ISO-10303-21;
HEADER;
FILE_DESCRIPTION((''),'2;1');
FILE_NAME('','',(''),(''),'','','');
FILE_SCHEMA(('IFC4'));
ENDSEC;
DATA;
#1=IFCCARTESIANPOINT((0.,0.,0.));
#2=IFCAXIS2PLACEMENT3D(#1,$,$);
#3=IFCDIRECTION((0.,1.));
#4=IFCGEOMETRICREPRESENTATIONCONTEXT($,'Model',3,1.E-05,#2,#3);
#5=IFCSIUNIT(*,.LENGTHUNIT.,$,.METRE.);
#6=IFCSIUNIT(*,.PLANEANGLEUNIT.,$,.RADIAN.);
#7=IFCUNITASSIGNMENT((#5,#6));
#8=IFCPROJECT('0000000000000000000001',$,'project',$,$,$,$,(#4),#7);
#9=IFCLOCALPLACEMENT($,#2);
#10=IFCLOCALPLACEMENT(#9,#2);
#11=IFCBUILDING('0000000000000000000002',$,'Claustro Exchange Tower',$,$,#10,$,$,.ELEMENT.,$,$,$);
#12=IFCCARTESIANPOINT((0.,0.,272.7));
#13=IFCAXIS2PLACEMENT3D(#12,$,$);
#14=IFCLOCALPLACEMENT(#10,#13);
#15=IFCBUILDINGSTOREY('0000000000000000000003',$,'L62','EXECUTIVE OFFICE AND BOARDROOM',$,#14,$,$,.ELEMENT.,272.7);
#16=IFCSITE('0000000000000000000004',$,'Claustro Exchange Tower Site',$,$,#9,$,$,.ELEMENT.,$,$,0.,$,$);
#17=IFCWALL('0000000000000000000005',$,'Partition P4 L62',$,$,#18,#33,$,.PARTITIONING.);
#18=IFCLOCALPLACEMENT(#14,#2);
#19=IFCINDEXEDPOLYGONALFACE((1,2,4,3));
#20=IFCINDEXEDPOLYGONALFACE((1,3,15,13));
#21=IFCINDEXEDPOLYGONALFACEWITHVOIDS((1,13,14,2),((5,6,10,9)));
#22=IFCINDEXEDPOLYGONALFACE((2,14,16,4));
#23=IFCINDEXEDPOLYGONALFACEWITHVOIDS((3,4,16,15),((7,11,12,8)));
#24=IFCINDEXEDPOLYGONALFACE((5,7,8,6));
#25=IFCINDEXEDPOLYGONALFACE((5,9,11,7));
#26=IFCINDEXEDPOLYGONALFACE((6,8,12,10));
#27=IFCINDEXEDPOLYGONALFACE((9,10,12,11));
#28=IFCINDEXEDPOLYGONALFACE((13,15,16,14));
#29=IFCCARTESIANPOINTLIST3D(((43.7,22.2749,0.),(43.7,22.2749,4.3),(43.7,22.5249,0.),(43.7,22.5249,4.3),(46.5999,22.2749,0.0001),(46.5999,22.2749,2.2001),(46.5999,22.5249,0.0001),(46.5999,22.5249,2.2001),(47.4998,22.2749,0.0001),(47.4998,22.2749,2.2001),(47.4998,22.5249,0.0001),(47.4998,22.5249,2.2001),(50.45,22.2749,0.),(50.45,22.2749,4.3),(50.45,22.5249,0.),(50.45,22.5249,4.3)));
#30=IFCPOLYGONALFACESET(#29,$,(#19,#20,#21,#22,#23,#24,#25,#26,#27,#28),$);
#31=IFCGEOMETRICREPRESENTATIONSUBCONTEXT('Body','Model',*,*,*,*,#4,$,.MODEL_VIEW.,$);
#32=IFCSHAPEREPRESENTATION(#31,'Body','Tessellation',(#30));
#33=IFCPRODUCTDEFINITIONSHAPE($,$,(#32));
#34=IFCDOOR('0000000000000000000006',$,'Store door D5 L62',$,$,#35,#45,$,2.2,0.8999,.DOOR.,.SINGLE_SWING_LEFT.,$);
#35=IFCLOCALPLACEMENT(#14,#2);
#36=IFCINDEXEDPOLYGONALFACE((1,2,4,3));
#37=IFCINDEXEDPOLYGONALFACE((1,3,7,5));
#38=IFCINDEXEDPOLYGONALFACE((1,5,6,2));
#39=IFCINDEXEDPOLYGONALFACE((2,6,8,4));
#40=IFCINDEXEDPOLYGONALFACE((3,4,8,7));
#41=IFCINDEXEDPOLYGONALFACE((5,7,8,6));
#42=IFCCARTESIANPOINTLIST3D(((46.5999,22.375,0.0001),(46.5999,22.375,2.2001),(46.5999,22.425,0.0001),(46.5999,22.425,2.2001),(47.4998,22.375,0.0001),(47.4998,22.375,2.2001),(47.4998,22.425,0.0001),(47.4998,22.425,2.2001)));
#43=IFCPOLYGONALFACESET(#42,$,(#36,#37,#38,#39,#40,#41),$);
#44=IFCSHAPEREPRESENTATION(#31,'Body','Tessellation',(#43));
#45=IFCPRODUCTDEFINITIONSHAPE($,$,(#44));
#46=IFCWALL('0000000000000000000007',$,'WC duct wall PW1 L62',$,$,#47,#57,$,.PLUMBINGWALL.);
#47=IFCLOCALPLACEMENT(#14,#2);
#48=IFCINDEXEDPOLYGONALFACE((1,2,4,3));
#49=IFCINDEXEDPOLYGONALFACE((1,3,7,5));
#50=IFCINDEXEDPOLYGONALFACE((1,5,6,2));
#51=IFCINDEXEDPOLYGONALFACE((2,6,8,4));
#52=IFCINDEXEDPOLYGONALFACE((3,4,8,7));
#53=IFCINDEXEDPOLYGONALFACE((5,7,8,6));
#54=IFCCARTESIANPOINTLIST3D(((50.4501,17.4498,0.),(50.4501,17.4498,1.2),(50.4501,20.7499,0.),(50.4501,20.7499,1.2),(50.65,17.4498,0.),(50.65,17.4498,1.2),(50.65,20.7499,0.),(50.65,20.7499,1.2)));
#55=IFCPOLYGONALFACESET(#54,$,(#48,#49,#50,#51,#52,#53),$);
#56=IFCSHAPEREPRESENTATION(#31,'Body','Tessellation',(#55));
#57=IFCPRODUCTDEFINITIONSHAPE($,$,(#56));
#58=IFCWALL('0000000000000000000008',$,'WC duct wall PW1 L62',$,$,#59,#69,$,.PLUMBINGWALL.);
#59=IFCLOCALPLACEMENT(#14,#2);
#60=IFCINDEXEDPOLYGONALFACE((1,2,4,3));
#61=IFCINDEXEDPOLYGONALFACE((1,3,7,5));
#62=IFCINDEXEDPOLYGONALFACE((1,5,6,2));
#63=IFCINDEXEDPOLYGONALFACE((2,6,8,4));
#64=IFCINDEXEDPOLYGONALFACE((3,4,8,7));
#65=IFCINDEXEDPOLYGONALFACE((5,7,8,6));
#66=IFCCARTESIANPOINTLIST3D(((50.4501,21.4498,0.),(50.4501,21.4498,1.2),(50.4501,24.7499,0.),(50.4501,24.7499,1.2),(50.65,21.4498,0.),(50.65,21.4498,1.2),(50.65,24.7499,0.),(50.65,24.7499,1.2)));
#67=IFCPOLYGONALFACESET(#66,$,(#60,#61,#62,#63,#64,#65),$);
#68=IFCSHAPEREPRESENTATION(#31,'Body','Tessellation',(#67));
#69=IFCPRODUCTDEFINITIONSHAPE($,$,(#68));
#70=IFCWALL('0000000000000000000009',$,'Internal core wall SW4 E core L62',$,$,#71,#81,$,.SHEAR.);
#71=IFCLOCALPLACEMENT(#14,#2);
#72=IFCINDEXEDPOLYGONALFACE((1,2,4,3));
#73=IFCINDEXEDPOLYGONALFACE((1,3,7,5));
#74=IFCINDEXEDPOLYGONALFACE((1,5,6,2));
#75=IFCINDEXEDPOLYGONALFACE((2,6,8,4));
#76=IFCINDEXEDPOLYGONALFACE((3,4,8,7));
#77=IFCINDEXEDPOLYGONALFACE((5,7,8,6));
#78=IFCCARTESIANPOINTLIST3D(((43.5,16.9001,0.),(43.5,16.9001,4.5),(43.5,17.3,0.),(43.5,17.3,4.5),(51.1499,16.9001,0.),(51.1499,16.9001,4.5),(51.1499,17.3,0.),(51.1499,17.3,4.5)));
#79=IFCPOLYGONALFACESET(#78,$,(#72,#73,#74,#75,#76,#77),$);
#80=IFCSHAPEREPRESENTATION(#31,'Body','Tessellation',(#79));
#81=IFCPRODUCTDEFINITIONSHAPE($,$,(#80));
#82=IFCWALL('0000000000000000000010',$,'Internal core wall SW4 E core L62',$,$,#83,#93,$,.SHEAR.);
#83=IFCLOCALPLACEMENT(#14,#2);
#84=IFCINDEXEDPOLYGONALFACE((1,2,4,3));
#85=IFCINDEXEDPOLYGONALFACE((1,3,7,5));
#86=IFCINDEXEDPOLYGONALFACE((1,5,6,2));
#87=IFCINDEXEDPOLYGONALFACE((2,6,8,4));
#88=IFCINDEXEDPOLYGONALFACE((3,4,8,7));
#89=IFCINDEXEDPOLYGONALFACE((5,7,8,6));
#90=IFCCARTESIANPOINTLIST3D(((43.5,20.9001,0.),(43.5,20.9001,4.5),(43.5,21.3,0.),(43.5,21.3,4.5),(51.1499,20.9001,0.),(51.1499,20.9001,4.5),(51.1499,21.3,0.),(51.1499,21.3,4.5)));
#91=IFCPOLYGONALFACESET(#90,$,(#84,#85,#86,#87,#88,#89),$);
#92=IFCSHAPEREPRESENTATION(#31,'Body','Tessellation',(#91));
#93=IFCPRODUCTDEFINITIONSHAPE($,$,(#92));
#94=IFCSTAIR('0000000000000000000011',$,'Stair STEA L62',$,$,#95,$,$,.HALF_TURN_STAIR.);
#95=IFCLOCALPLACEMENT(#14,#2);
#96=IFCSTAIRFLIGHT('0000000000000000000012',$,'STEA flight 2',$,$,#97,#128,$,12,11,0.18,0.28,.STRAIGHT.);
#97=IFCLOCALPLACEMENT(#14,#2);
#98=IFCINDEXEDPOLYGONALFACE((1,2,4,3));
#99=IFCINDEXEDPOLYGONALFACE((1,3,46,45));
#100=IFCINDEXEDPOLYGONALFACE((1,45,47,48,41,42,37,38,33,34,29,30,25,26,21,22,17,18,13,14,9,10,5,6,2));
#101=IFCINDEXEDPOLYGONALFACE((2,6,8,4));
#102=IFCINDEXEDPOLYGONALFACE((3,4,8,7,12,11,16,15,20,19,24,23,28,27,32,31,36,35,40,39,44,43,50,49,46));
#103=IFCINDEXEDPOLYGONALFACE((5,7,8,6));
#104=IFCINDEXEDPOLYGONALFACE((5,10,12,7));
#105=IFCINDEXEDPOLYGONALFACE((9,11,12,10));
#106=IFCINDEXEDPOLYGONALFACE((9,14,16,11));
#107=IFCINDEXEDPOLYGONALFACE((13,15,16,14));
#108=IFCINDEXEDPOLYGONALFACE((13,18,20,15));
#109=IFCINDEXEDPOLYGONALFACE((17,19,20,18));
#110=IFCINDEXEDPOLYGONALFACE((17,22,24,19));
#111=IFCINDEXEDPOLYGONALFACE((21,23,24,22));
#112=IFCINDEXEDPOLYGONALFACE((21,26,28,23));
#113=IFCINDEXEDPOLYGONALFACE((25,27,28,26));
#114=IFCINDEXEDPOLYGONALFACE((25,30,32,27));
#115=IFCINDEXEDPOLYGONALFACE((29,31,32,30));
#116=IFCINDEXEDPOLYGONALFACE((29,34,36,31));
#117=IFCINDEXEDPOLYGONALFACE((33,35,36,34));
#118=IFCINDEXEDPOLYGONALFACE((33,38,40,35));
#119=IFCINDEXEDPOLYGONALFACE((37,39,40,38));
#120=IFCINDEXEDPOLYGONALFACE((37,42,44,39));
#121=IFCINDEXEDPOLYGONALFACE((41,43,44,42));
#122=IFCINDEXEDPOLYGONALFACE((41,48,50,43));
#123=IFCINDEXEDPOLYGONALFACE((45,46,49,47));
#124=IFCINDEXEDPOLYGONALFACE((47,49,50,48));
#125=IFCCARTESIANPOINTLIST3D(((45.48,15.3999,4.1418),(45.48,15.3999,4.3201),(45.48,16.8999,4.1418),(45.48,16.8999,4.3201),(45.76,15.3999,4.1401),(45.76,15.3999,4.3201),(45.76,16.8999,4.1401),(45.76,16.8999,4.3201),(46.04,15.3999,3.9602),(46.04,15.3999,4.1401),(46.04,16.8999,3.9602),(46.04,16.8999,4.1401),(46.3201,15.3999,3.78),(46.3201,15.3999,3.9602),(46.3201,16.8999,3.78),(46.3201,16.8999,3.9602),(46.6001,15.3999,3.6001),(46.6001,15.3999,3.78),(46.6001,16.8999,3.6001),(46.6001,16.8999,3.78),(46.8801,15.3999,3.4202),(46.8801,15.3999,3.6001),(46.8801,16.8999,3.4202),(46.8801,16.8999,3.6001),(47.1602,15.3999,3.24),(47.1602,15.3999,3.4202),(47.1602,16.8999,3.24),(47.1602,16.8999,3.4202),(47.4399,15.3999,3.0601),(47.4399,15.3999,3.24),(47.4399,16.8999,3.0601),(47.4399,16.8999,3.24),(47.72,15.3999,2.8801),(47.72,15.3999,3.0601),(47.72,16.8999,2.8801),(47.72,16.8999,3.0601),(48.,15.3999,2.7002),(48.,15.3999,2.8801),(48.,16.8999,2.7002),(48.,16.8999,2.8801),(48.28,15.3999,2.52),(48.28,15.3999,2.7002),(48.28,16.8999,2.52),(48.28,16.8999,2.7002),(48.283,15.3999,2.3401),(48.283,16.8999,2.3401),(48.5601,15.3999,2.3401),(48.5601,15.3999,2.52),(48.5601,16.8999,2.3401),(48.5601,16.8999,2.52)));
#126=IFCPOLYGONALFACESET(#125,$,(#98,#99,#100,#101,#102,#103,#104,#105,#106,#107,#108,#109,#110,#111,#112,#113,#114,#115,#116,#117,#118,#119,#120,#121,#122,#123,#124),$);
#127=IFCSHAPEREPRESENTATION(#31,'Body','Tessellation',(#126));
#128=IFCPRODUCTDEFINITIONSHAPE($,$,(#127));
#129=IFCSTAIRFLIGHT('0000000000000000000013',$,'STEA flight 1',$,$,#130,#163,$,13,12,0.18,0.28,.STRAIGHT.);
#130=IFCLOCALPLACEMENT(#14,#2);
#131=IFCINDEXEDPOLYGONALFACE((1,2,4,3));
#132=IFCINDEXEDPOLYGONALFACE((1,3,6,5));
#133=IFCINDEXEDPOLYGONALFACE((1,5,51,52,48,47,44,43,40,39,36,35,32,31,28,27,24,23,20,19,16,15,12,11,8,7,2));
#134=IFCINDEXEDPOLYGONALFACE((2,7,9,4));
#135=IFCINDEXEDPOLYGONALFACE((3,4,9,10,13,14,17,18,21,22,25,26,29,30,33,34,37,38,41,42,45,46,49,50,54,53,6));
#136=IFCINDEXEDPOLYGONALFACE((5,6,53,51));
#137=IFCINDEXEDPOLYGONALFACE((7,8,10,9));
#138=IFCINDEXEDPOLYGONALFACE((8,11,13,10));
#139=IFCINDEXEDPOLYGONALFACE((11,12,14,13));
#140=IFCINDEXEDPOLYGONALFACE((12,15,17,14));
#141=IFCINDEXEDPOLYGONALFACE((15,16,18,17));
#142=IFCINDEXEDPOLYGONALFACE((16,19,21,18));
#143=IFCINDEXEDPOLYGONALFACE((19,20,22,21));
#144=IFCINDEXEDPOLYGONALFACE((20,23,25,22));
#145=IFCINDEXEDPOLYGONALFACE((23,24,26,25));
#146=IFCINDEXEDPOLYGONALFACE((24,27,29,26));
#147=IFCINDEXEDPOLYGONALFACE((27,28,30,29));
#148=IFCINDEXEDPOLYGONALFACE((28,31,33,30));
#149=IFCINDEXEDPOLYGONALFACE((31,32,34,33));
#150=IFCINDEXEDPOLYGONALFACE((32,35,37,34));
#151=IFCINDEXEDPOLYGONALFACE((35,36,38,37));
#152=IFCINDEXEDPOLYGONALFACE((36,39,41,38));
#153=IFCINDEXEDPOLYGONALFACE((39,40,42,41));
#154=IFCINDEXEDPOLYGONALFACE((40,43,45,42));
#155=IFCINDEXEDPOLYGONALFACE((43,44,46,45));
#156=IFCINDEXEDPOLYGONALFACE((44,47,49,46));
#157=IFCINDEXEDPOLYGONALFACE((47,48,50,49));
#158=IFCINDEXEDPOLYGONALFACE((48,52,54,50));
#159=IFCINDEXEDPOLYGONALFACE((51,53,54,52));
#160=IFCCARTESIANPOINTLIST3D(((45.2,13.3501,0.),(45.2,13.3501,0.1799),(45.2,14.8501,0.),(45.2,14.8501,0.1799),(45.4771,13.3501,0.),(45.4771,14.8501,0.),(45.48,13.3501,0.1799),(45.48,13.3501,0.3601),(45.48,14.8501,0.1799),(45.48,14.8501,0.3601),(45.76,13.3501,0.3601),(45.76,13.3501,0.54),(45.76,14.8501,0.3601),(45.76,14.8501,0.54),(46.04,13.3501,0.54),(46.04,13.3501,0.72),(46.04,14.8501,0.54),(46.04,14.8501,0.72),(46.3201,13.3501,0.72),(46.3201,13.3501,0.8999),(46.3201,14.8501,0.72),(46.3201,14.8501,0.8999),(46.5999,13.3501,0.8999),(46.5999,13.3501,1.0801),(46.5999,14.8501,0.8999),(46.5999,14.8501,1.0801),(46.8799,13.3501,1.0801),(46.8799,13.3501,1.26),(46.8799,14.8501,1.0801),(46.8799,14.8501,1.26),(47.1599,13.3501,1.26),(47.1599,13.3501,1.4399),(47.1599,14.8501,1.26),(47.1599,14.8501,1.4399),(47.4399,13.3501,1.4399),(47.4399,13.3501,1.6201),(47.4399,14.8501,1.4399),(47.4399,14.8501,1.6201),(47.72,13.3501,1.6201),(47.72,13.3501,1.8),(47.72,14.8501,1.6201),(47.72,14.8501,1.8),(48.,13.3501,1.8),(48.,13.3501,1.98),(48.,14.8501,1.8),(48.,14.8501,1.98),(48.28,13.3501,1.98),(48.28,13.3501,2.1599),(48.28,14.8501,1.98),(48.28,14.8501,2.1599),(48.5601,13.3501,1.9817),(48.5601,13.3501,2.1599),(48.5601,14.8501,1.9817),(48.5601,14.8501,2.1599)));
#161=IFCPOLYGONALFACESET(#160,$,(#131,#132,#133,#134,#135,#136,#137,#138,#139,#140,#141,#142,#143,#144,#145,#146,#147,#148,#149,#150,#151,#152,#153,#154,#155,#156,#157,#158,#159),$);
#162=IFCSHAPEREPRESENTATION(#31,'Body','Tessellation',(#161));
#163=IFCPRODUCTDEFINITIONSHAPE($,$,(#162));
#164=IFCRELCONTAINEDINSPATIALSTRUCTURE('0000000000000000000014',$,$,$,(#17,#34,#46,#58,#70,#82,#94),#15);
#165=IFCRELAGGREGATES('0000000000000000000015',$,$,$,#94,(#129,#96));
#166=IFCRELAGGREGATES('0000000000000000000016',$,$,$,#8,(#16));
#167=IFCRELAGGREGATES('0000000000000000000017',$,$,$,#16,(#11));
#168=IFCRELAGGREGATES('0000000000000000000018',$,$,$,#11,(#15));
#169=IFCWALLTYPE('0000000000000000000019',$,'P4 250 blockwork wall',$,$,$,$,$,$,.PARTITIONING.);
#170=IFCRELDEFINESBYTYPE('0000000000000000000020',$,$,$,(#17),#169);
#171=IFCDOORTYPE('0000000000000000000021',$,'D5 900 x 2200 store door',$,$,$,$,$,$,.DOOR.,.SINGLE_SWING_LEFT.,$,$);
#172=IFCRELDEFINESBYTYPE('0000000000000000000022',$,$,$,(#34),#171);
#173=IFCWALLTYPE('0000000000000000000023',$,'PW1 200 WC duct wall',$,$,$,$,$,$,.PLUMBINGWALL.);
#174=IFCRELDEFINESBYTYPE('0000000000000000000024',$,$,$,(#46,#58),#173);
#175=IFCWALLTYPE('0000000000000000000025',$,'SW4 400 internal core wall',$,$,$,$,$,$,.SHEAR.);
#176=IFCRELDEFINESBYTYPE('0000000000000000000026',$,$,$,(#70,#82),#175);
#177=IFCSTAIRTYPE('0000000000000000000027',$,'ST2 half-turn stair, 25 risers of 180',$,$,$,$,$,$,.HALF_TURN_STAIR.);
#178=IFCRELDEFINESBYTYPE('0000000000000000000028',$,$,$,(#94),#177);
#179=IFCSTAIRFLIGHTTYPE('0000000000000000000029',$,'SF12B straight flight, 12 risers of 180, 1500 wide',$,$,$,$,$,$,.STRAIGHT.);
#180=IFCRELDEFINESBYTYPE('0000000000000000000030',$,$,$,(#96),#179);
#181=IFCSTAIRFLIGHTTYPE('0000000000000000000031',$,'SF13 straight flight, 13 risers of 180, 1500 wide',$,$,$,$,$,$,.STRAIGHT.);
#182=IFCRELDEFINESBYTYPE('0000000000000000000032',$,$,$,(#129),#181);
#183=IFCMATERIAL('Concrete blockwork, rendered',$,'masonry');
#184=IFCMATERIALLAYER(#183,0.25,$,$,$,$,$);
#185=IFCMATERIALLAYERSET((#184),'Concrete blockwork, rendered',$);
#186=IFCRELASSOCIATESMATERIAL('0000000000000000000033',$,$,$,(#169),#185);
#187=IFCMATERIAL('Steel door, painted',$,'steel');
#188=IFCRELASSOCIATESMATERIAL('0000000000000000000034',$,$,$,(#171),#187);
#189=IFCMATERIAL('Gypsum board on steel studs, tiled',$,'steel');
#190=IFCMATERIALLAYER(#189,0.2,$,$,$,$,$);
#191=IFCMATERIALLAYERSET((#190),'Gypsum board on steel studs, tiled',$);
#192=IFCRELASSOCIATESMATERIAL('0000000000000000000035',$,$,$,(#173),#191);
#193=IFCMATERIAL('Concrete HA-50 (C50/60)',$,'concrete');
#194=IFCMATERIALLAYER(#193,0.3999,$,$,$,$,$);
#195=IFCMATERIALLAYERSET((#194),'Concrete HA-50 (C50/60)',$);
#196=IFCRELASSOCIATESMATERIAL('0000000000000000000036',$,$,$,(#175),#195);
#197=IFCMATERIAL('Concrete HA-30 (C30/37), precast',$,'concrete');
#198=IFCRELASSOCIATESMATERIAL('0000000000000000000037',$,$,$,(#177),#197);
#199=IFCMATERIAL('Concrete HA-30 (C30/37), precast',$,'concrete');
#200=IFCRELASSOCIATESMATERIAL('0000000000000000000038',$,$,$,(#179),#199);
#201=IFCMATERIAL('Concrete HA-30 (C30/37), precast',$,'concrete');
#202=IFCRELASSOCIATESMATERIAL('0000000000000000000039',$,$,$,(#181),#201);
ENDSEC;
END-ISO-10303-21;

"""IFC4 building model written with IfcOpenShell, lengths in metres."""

from ifc_helpers import new_model, si_unit, direction, frame, frame_2d, origin, place, context, subcontext, project, spatial, polyline, rectangle, outline, extrude, material, layer, layer_set, type_object, element, fill, aggregate, save


model = new_model("IFC4")

# Units and contexts
model_context = context("Model", 3, precision=1e-05, world=origin(), true_north=direction((0.0, 1.0)))
body_context = subcontext(model_context, "Body", "Model", "MODEL_VIEW")
ifc_project = project(units=[si_unit("LENGTHUNIT", "METRE"), si_unit("PLANEANGLEUNIT", "RADIAN")], contexts=[model_context])

# Site, building, storey
site_placement = place(None, origin())
site = spatial("IfcSite", under=ifc_project, at=site_placement, Name="Claustro Exchange Tower Site", CompositionType="ELEMENT", RefElevation=0.0)
building_placement = place(site_placement, origin())
building = spatial("IfcBuilding", under=site, at=building_placement, Name="Claustro Exchange Tower", CompositionType="ELEMENT")
storey_placement = place(building_placement, frame((0.0, 0.0, 272.7)))
storey = spatial("IfcBuildingStorey", under=building, at=storey_placement, Name="L62", Description="EXECUTIVE OFFICE AND BOARDROOM", CompositionType="ELEMENT", Elevation=272.7)

# Wall, opening, door
ifc_material_1 = material(Name="Concrete blockwork, rendered", Category="masonry")
ifc_layer_1 = layer(ifc_material_1, 0.25)
ifc_layer_set_1 = layer_set([ifc_layer_1], Name="Concrete blockwork, rendered")
wall_type_1 = type_object("IfcWallType", Name="P4 250 blockwork wall", PredefinedType="PARTITIONING", material=ifc_layer_set_1)
wall_placement = place(storey_placement, frame((43.7, 22.3999, 0.0), z_axis=(0.0, 0.0, 1.0), x_axis=(1.0, 0.0, 0.0)))
wall = element("IfcWall", 1, at=wall_placement, inside=storey, type_object=wall_type_1, Name="Partition P4 L62", PredefinedType="PARTITIONING", context=body_context, shape_type="SweptSolid", body=[
    extrude(rectangle(XDim=6.75, YDim=0.25, at=frame_2d((3.375, 0.0))), origin(), (0.0, 0.0, 1.0), 4.3),
])
opening_placement = place(wall_placement, frame((2.8999, 0.0, 0.0)))
opening = element("IfcOpeningElement", 2, at=opening_placement, cuts=wall, PredefinedType="OPENING", context=body_context, shape_type="SweptSolid", body=[
    extrude(rectangle(XDim=0.8999, YDim=2.2, at=frame_2d((0.45, 1.1001))), frame((0.0, 0.135, 0.0), z_axis=(0.0, -1.0, 0.0), x_axis=(1.0, 0.0, 0.0)), (0.0, 0.0, 1.0), 0.27),
])
ifc_material_2 = material(Name="Steel door, painted", Category="steel")
door_type = type_object("IfcDoorType", Name="D5 900 x 2200 store door", OperationType="SINGLE_SWING_LEFT", PredefinedType="DOOR", material=ifc_material_2)
door_placement = place(opening_placement, frame((0.8999, 0.0, 0.0), z_axis=(0.0, 0.0, 1.0), x_axis=(-1.0, 0.0, 0.0)))
door = element("IfcDoor", 3, at=door_placement, inside=storey, type_object=door_type, Name="Store door D5 L62", OperationType="SINGLE_SWING_LEFT", OverallHeight=2.2, OverallWidth=0.8999, PredefinedType="DOOR", context=body_context, shape_type="SweptSolid", body=[
    extrude(rectangle(XDim=0.8999, YDim=2.2, at=frame_2d((0.45, 1.1001))), frame((0.0, 0.0249, 0.0), z_axis=(0.0, -1.0, 0.0), x_axis=(1.0, 0.0, 0.0)), (0.0, 0.0, 1.0), 0.05),
])
fill(opening, door)

# Walls
ifc_material_3 = material(Name="Gypsum board on steel studs, tiled", Category="steel")
ifc_layer_2 = layer(ifc_material_3, 0.2)
ifc_layer_set_2 = layer_set([ifc_layer_2], Name="Gypsum board on steel studs, tiled")
wall_type_2 = type_object("IfcWallType", Name="PW1 200 WC duct wall", PredefinedType="PLUMBINGWALL", material=ifc_layer_set_2)
for number, where, z_axis, x_axis, name in (
    (4, (50.55, 17.45, 0.0), (0.0, 0.0, 1.0), (0.0, 1.0, 0.0), "WC duct wall PW1 L62"),
    (5, (50.55, 21.45, 0.0), (0.0, 0.0, 1.0), (0.0, 1.0, 0.0), "WC duct wall PW1 L62"),
):
    element("IfcWall", number, at=place(storey_placement, frame(where, z_axis=z_axis, x_axis=x_axis)), inside=storey, type_object=wall_type_2, Name=name, PredefinedType="PLUMBINGWALL", context=body_context, shape_type="SweptSolid", body=[
        extrude(rectangle(XDim=3.3, YDim=0.2, at=frame_2d((1.6499, 0.0))), origin(), (0.0, 0.0, 1.0), 1.2),
    ])
ifc_material_4 = material(Name="Concrete HA-50 (C50/60)", Category="concrete")
ifc_layer_3 = layer(ifc_material_4, 0.3999)
ifc_layer_set_3 = layer_set([ifc_layer_3], Name="Concrete HA-50 (C50/60)")
wall_type_3 = type_object("IfcWallType", Name="SW4 400 internal core wall", PredefinedType="SHEAR", material=ifc_layer_set_3)
for number, where, z_axis, x_axis, name in (
    (6, (51.1499, 17.1001, 0.0), (0.0, 0.0, 1.0), (-1.0, 0.0, 0.0), "Internal core wall SW4 E core L62"),
    (7, (51.1499, 21.1001, 0.0), (0.0, 0.0, 1.0), (-1.0, 0.0, 0.0), "Internal core wall SW4 E core L62"),
):
    element("IfcWall", number, at=place(storey_placement, frame(where, z_axis=z_axis, x_axis=x_axis)), inside=storey, type_object=wall_type_3, Name=name, PredefinedType="SHEAR", context=body_context, shape_type="SweptSolid", body=[
        extrude(rectangle(XDim=7.6499, YDim=0.3999, at=frame_2d((3.825, 0.0))), origin(), (0.0, 0.0, 1.0), 4.5),
    ])

# Stair, stair flights
ifc_material_5 = material(Name="Concrete HA-30 (C30/37), precast", Category="concrete")
stair_type = type_object("IfcStairType", Name="ST2 half-turn stair, 25 risers of 180", PredefinedType="HALF_TURN_STAIR", material=ifc_material_5)
stair_placement = place(storey_placement, origin())
stair = element("IfcStair", 8, at=stair_placement, inside=storey, type_object=stair_type, Name="Stair STEA L62", PredefinedType="HALF_TURN_STAIR")
ifc_material_6 = material(Name="Concrete HA-30 (C30/37), precast", Category="concrete")
stair_flight_type_1 = type_object("IfcStairFlightType", Name="SF12B straight flight, 12 risers of 180, 1500 wide", PredefinedType="STRAIGHT", material=ifc_material_6)
stair_flight_1_placement = place(storey_placement, frame((48.5601, 16.1499, 2.3401), z_axis=(0.0, 0.0, 1.0), x_axis=(-1.0, 0.0, 0.0)))
stair_flight_1 = element("IfcStairFlight", 9, at=stair_flight_1_placement, type_object=stair_flight_type_1, Name="STEA flight 2", NumberOfRisers=12, NumberOfTreads=11, PredefinedType="STRAIGHT", RiserHeight=0.18, TreadLength=0.28, context=body_context, shape_type="SweptSolid", body=[
    extrude(outline(polyline([(0.0, 0.0), (0.0, 0.1799), (0.28, 0.1799), (0.28, 0.3601), (0.5601, 0.3601), (0.5601, 0.54), (0.8401, 0.54), (0.8401, 0.72), (1.1201, 0.72), (1.1201, 0.8999), (1.3999, 0.8999), (1.3999, 1.0801), (1.6799, 1.0801), (1.6799, 1.26), (1.96, 1.26), (1.96, 1.4399), (2.24, 1.4399), (2.24, 1.6201), (2.52, 1.6201), (2.52, 1.8), (2.8, 1.8), (2.8, 1.98), (3.0801, 1.98), (3.0801, 2.1599), (3.0801, 1.8018), (0.2771, 0.0), (0.0, 0.0)])), frame((0.0, 0.75, 0.0), z_axis=(0.0, -1.0, 0.0), x_axis=(1.0, 0.0, 0.0)), (0.0, 0.0, 1.0), 1.5),
])
ifc_material_7 = material(Name="Concrete HA-30 (C30/37), precast", Category="concrete")
stair_flight_type_2 = type_object("IfcStairFlightType", Name="SF13 straight flight, 13 risers of 180, 1500 wide", PredefinedType="STRAIGHT", material=ifc_material_7)
stair_flight_2_placement = place(storey_placement, frame((45.2, 14.1001, 0.0), z_axis=(0.0, 0.0, 1.0), x_axis=(1.0, 0.0, 0.0)))
stair_flight_2 = element("IfcStairFlight", 10, at=stair_flight_2_placement, type_object=stair_flight_type_2, Name="STEA flight 1", NumberOfRisers=13, NumberOfTreads=12, PredefinedType="STRAIGHT", RiserHeight=0.18, TreadLength=0.28, context=body_context, shape_type="SweptSolid", body=[
    extrude(outline(polyline([(0.0, 0.0), (0.0, 0.1799), (0.28, 0.1799), (0.28, 0.3601), (0.5601, 0.3601), (0.5601, 0.54), (0.8401, 0.54), (0.8401, 0.72), (1.1201, 0.72), (1.1201, 0.8999), (1.3999, 0.8999), (1.3999, 1.0801), (1.6799, 1.0801), (1.6799, 1.26), (1.96, 1.26), (1.96, 1.4399), (2.24, 1.4399), (2.24, 1.6201), (2.52, 1.6201), (2.52, 1.8), (2.8, 1.8), (2.8, 1.98), (3.0801, 1.98), (3.0801, 2.1599), (3.3601, 2.1599), (3.3601, 2.3401), (3.3601, 1.9817), (0.2771, 0.0), (0.0, 0.0)])), frame((0.0, 0.75, 0.0), z_axis=(0.0, -1.0, 0.0), x_axis=(1.0, 0.0, 0.0)), (0.0, 0.0, 1.0), 1.5),
])
aggregate(stair, [stair_flight_2, stair_flight_1])

save(model, "model.ifc")
